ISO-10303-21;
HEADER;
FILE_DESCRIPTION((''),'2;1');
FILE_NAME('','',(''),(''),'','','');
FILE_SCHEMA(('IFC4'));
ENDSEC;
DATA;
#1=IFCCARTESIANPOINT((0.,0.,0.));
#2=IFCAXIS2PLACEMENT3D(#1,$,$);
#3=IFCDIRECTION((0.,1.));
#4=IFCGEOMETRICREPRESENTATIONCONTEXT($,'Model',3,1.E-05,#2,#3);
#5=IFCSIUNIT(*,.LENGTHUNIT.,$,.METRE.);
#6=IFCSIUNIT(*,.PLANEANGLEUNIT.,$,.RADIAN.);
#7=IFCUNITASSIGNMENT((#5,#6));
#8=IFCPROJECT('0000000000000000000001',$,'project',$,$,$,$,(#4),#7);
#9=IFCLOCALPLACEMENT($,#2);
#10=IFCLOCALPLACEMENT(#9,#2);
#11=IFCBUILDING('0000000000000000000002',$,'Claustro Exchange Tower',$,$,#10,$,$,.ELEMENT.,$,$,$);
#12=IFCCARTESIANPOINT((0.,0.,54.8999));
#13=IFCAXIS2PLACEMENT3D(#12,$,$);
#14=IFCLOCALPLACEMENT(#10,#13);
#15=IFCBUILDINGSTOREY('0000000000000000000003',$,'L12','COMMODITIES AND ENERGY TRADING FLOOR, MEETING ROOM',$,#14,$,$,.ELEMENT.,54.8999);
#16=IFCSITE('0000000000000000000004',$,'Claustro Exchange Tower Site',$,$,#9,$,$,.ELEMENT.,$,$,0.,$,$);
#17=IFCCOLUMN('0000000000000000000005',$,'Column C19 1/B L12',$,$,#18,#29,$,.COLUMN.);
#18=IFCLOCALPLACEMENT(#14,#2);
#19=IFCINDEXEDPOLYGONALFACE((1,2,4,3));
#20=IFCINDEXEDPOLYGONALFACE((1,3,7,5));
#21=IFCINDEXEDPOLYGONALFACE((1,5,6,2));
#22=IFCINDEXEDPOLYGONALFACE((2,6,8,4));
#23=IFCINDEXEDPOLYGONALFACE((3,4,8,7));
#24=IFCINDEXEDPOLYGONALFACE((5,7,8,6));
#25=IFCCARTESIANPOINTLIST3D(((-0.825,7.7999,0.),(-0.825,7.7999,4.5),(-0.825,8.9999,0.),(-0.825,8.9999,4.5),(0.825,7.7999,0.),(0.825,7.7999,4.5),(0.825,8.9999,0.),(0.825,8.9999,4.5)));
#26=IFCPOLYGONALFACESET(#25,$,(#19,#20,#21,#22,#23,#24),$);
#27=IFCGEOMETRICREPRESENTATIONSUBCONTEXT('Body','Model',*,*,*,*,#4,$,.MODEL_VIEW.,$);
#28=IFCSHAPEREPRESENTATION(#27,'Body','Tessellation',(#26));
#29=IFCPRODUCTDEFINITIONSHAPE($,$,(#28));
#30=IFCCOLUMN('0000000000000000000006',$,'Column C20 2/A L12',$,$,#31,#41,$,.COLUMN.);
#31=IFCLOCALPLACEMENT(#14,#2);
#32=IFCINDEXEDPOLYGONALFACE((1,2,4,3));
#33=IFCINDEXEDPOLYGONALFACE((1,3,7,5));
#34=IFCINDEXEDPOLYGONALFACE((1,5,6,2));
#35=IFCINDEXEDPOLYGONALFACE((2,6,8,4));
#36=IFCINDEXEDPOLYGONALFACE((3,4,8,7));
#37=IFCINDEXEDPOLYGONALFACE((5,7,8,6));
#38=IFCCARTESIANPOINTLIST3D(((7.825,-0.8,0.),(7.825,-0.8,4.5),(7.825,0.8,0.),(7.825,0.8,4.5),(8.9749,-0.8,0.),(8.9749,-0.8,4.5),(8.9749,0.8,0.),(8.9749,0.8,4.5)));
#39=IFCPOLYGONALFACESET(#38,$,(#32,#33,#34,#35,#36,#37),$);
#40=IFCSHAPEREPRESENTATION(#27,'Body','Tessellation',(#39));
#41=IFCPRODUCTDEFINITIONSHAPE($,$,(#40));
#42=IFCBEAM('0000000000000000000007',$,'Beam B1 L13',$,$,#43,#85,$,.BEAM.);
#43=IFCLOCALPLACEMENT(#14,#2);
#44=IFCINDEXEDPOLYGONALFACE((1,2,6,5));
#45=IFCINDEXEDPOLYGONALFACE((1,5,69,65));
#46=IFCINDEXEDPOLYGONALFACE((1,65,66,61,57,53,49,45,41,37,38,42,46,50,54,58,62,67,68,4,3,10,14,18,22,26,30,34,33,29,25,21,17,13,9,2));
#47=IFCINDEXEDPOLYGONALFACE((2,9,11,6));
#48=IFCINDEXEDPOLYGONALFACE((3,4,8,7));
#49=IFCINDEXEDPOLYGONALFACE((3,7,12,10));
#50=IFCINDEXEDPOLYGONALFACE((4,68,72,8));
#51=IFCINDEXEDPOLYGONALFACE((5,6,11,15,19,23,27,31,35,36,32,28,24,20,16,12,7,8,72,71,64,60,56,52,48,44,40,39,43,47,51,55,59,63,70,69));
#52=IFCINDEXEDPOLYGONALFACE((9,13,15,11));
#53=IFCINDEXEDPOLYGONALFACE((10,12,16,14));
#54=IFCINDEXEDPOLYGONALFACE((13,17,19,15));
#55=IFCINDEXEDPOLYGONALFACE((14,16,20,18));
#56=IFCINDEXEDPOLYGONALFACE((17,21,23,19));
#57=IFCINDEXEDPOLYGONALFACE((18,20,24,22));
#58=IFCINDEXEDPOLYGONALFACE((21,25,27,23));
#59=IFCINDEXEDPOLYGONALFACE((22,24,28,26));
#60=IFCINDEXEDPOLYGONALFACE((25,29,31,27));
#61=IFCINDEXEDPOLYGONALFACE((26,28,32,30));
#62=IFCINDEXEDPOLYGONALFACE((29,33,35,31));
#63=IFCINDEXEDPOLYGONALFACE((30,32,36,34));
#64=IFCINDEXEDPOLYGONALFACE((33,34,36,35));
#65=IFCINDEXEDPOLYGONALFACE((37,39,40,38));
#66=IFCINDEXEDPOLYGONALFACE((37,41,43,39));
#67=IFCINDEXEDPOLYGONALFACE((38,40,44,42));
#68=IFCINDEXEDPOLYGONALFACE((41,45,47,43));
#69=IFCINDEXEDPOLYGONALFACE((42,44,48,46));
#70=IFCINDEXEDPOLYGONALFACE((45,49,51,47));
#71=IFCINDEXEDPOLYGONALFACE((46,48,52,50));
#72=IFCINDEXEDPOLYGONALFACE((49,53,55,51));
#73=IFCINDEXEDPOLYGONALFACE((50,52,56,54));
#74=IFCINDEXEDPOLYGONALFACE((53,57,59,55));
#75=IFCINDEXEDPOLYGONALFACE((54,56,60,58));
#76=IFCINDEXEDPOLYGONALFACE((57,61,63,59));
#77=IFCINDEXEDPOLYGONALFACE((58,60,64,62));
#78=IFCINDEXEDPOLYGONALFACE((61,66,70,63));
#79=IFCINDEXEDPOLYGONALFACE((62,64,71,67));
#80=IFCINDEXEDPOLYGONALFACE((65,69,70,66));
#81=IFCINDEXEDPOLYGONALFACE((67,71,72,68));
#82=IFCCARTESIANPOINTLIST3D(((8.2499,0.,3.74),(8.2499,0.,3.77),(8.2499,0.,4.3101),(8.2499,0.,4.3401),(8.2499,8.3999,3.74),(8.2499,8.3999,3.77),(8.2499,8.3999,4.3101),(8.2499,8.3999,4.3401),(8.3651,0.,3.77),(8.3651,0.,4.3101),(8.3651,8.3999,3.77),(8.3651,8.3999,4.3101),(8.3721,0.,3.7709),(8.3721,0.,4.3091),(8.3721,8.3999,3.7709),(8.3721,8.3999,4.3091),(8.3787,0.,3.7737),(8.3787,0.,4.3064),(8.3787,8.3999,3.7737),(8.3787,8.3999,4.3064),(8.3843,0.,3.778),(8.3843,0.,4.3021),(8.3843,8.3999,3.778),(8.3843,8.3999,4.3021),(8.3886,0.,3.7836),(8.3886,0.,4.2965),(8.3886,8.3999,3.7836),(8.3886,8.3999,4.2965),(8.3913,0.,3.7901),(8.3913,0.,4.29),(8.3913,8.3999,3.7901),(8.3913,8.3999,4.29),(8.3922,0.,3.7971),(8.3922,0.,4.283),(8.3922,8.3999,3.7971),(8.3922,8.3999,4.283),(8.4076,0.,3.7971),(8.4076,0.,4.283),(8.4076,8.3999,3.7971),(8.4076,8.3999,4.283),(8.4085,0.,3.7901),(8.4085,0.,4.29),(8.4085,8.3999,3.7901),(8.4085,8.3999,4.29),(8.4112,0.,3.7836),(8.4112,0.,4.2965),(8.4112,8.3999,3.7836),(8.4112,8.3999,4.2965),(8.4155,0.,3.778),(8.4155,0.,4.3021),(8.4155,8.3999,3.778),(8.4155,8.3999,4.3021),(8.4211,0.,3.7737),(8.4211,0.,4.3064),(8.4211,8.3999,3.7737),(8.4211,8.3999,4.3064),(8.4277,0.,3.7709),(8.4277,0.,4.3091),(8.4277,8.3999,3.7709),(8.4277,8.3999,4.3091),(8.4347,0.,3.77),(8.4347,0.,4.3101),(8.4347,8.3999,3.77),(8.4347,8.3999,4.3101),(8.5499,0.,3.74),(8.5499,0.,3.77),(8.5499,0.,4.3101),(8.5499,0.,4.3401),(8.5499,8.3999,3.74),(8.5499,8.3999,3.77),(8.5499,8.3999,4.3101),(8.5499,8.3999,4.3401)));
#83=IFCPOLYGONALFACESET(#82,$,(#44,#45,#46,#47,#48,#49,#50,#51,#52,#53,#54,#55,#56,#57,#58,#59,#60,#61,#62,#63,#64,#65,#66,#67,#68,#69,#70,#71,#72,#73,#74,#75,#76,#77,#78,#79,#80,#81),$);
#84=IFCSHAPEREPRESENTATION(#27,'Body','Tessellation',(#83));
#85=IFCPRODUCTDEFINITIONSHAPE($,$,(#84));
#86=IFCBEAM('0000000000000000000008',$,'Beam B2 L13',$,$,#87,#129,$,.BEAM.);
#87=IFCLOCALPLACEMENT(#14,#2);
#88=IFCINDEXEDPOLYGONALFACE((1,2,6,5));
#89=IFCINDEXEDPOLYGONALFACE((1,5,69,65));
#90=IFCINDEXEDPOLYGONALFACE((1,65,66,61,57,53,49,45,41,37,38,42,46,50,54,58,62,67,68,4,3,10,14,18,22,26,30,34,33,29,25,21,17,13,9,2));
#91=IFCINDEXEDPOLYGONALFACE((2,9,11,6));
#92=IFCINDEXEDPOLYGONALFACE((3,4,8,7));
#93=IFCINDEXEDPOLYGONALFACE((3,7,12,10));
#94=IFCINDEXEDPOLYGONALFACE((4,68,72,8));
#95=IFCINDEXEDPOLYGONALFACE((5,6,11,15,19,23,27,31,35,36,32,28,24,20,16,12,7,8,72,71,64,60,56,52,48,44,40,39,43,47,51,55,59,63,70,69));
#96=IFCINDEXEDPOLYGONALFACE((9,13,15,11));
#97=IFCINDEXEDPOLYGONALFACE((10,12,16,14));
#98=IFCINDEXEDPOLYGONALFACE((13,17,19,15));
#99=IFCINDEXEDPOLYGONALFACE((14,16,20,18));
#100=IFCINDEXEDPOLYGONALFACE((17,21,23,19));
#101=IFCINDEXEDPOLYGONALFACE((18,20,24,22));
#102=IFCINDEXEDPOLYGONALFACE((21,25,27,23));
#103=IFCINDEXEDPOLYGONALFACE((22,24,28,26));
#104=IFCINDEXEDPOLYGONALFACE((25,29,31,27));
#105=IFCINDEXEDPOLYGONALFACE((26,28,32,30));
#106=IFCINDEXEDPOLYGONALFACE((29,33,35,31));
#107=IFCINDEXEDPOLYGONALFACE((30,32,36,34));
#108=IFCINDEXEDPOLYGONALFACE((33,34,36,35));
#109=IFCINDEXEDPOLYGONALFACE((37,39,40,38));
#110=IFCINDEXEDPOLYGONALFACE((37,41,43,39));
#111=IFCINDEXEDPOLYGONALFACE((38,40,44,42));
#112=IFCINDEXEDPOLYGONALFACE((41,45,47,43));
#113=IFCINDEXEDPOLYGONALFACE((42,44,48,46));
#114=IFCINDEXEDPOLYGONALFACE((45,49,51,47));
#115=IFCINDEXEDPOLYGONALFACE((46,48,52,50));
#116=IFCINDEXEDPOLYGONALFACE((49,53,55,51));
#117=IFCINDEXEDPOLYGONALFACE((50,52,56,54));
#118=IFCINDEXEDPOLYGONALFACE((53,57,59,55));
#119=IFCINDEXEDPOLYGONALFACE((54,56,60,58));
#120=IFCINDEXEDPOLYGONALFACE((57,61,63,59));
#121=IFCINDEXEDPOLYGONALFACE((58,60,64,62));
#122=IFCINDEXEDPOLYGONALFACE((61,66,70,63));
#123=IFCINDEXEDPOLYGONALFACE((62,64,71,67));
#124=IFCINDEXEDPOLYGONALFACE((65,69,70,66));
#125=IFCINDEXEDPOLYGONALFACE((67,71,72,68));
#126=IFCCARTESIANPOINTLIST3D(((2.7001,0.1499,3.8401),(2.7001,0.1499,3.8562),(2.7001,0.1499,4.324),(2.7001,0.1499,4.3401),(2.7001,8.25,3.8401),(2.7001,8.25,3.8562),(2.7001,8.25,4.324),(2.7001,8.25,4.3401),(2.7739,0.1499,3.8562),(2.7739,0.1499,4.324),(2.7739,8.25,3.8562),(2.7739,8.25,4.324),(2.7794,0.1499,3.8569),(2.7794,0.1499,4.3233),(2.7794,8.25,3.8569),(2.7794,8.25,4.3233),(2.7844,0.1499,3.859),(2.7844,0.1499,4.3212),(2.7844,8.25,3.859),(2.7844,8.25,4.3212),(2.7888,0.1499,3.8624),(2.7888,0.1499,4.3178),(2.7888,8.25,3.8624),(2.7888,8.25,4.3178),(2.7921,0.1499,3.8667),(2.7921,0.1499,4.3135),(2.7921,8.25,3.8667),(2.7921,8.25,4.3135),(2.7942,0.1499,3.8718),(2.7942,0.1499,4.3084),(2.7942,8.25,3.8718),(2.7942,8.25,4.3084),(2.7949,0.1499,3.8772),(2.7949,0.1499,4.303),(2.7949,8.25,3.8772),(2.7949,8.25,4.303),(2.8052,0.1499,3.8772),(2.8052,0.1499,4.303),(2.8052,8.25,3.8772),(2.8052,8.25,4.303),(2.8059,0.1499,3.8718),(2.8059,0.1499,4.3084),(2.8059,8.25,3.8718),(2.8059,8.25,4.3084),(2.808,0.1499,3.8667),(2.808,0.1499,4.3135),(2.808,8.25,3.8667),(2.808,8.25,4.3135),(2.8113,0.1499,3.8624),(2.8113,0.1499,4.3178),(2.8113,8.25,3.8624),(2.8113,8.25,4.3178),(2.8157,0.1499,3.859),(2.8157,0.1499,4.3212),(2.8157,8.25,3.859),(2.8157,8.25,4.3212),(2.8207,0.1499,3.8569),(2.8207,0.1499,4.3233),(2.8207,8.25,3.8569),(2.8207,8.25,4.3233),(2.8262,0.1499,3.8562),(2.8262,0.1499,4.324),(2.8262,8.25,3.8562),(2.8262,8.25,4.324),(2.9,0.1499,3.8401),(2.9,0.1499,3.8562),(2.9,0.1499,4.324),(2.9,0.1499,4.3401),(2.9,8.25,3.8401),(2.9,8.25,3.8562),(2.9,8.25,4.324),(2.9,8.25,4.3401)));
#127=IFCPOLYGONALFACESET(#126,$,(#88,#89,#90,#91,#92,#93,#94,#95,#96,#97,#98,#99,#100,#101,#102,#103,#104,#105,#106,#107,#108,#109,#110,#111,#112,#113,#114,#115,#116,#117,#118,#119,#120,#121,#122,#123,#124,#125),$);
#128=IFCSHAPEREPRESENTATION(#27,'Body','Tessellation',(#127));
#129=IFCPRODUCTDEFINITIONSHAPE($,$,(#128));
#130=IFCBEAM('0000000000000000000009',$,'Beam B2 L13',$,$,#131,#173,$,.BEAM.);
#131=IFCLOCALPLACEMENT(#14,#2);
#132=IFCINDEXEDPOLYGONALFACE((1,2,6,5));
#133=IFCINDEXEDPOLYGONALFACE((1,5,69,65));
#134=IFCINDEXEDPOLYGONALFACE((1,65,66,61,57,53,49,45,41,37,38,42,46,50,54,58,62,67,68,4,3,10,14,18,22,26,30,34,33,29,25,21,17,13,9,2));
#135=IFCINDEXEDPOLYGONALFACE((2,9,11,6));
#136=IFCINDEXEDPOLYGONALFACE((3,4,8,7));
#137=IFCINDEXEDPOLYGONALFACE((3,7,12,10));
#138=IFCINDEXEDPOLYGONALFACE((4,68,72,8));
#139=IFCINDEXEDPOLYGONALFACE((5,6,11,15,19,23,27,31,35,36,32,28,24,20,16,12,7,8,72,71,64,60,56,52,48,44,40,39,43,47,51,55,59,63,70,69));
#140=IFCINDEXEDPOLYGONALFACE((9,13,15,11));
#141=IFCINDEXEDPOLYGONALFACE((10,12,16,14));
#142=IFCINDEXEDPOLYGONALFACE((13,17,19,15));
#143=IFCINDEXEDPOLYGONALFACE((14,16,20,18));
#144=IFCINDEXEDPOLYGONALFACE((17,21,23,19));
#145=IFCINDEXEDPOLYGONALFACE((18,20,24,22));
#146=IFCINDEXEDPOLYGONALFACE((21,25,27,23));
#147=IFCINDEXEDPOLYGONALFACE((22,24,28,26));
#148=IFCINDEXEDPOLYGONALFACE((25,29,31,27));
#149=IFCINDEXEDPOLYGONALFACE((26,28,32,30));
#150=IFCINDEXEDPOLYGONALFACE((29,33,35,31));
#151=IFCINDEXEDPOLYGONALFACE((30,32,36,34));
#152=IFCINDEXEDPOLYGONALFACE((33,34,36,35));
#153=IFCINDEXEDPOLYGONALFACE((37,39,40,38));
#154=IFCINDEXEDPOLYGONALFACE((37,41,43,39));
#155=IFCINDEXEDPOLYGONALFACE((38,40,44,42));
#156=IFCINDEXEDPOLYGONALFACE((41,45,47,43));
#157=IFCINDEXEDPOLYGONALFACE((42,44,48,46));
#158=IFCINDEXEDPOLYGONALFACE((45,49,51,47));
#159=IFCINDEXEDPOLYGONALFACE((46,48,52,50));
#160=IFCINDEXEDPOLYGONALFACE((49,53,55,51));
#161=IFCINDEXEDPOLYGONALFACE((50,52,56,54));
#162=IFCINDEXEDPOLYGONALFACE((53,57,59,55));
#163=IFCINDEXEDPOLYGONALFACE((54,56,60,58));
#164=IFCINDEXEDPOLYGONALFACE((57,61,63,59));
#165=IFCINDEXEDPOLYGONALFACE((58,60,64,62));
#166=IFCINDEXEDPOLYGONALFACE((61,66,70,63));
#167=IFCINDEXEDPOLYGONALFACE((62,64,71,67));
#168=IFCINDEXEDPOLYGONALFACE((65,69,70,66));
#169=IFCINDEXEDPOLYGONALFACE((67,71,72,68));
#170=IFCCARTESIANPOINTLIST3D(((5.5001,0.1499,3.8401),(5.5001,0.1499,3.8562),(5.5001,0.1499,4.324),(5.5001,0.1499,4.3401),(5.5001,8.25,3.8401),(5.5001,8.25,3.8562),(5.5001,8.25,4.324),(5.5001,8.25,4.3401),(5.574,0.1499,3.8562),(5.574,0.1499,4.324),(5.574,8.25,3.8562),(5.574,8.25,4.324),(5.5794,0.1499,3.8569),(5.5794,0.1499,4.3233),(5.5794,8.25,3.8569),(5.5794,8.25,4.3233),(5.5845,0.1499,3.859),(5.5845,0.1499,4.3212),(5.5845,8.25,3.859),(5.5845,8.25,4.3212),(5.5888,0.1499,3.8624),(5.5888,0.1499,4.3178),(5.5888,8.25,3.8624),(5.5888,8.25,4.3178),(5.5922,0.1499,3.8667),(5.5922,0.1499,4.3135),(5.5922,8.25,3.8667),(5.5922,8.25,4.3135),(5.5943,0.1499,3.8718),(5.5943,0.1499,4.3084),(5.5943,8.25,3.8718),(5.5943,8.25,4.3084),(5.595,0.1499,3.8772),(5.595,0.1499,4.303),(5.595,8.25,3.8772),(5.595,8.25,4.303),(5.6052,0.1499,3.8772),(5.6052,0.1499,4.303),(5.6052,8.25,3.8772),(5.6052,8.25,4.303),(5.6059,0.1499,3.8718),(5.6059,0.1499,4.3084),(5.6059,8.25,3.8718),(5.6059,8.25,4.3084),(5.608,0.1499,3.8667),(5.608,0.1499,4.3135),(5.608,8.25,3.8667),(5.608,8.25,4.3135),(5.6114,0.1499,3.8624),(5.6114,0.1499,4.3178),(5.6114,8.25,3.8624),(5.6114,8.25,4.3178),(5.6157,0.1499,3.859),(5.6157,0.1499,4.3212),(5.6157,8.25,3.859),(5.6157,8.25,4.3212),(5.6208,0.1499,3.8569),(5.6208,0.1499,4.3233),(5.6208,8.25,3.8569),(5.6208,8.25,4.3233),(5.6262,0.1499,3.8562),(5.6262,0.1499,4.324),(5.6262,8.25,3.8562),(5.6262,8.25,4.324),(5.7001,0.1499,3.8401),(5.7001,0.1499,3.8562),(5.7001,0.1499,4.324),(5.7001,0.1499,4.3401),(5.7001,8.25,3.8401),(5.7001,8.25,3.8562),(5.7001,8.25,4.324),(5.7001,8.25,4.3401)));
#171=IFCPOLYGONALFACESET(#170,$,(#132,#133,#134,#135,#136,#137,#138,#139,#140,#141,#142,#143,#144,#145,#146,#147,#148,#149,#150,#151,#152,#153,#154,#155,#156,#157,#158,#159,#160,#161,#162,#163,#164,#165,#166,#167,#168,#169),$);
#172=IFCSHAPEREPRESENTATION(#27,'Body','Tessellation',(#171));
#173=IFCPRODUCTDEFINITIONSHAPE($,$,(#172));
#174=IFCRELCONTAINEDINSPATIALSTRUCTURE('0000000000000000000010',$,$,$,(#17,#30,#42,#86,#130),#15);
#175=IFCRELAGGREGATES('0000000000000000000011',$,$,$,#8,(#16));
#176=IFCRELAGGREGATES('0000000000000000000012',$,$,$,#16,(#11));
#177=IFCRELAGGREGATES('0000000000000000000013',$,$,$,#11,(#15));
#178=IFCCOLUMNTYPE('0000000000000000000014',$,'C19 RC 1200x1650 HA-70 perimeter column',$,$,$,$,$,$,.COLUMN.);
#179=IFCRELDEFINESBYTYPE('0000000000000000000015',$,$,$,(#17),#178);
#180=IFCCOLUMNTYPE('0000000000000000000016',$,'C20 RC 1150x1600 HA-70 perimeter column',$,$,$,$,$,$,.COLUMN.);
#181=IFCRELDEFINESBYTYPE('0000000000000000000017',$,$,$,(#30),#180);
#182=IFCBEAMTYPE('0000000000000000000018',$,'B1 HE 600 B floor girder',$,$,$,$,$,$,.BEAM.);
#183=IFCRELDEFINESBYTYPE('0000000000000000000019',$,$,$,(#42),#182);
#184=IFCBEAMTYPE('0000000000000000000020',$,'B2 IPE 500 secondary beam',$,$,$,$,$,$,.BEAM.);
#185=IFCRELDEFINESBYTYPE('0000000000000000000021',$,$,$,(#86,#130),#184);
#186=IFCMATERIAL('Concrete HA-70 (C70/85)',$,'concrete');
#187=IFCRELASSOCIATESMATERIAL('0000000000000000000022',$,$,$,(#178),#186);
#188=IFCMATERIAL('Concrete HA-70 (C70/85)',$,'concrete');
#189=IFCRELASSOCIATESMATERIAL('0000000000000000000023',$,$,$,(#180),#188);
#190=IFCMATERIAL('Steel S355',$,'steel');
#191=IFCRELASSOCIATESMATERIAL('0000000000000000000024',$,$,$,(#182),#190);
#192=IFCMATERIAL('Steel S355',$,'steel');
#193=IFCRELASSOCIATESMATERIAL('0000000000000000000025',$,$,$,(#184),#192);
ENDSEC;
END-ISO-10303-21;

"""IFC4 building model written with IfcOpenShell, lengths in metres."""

from ifc_helpers import new_model, si_unit, direction, frame, origin, origin_2d, place, context, subcontext, project, spatial, rectangle, i_section, extrude, material, material_profile, profile_set, type_object, element, save


model = new_model("IFC4")

# Units and contexts
model_context = context("Model", 3, precision=1e-05, world=origin(), true_north=direction((0.0, 1.0)))
body_context = subcontext(model_context, "Body", "Model", "MODEL_VIEW")
ifc_project = project(units=[si_unit("LENGTHUNIT", "METRE"), si_unit("PLANEANGLEUNIT", "RADIAN")], contexts=[model_context])

# Site, building, storey
site_placement = place(None, origin())
site = spatial("IfcSite", under=ifc_project, at=site_placement, Name="Claustro Exchange Tower Site", CompositionType="ELEMENT", RefElevation=0.0)
building_placement = place(site_placement, origin())
building = spatial("IfcBuilding", under=site, at=building_placement, Name="Claustro Exchange Tower", CompositionType="ELEMENT")
storey_placement = place(building_placement, frame((0.0, 0.0, 54.8999)))
storey = spatial("IfcBuildingStorey", under=building, at=storey_placement, Name="L12", Description="COMMODITIES AND ENERGY TRADING FLOOR, MEETING ROOM", CompositionType="ELEMENT", Elevation=54.8999)

# Columns
ifc_material_1 = material(Name="Concrete HA-70 (C70/85)", Category="concrete")
ifc_material_profile_1 = material_profile(ifc_material_1, rectangle(XDim=1.2, YDim=1.6499, at=origin_2d()), Name="RC 1200x1650")
ifc_profile_set_1 = profile_set([ifc_material_profile_1], Name="Concrete HA-70 (C70/85)")
column_type_1 = type_object("IfcColumnType", Name="C19 RC 1200x1650 HA-70 perimeter column", PredefinedType="COLUMN", material=ifc_profile_set_1)
column_1_placement = place(storey_placement, frame((0.0, 8.3999, 0.0), z_axis=(0.0, 0.0, 1.0), x_axis=(0.0, 1.0, 0.0)))
element("IfcColumn", 1, at=column_1_placement, inside=storey, type_object=column_type_1, Name="Column C19 1/B L12", PredefinedType="COLUMN", context=body_context, shape_type="SweptSolid", body=[
    extrude(rectangle(XDim=1.2, YDim=1.6499, at=origin_2d()), origin(), (0.0, 0.0, 1.0), 4.5),
])
ifc_material_2 = material(Name="Concrete HA-70 (C70/85)", Category="concrete")
ifc_material_profile_2 = material_profile(ifc_material_2, rectangle(XDim=1.1499, YDim=1.6001, at=origin_2d()), Name="RC 1150x1600")
ifc_profile_set_2 = profile_set([ifc_material_profile_2], Name="Concrete HA-70 (C70/85)")
column_type_2 = type_object("IfcColumnType", Name="C20 RC 1150x1600 HA-70 perimeter column", PredefinedType="COLUMN", material=ifc_profile_set_2)
column_2_placement = place(storey_placement, frame((8.3999, 0.0, 0.0), z_axis=(0.0, 0.0, 1.0), x_axis=(1.0, 0.0, 0.0)))
element("IfcColumn", 2, at=column_2_placement, inside=storey, type_object=column_type_2, Name="Column C20 2/A L12", PredefinedType="COLUMN", context=body_context, shape_type="SweptSolid", body=[
    extrude(rectangle(XDim=1.1499, YDim=1.6001, at=origin_2d()), origin(), (0.0, 0.0, 1.0), 4.5),
])

# Beams
ifc_material_3 = material(Name="Steel S355", Category="steel")
ifc_material_profile_3 = material_profile(ifc_material_3, i_section(OverallWidth=0.3, OverallDepth=0.6001, WebThickness=0.0154, FlangeThickness=0.03, FilletRadius=0.0271, at=origin_2d()), Name="HE 600 B")
ifc_profile_set_3 = profile_set([ifc_material_profile_3], Name="Steel S355")
beam_type_1 = type_object("IfcBeamType", Name="B1 HE 600 B floor girder", PredefinedType="BEAM", material=ifc_profile_set_3)
beam_1_placement = place(storey_placement, frame((8.3999, 0.0, 4.04), z_axis=(0.0, 1.0, 0.0), x_axis=(-1.0, 0.0, 0.0)))
element("IfcBeam", 3, at=beam_1_placement, inside=storey, type_object=beam_type_1, Name="Beam B1 L13", PredefinedType="BEAM", context=body_context, shape_type="SweptSolid", body=[
    extrude(i_section(OverallWidth=0.3, OverallDepth=0.6001, WebThickness=0.0154, FlangeThickness=0.03, FilletRadius=0.0271, at=origin_2d()), origin(), (0.0, 0.0, 1.0), 8.3999),
])
ifc_material_4 = material(Name="Steel S355", Category="steel")
ifc_material_profile_4 = material_profile(ifc_material_4, i_section(OverallWidth=0.2, OverallDepth=0.5, WebThickness=0.0103, FlangeThickness=0.0161, FilletRadius=0.021, at=origin_2d()), Name="IPE 500")
ifc_profile_set_4 = profile_set([ifc_material_profile_4], Name="Steel S355")
beam_type_2 = type_object("IfcBeamType", Name="B2 IPE 500 secondary beam", PredefinedType="BEAM", material=ifc_profile_set_4)
for number, where, z_axis, x_axis, name in (
    (4, (2.8, 0.1499, 4.0901), (0.0, 1.0, 0.0), (-1.0, 0.0, 0.0), "Beam B2 L13"),
    (5, (5.6001, 0.1499, 4.0901), (0.0, 1.0, 0.0), (-1.0, 0.0, 0.0), "Beam B2 L13"),
):
    element("IfcBeam", number, at=place(storey_placement, frame(where, z_axis=z_axis, x_axis=x_axis)), inside=storey, type_object=beam_type_2, Name=name, PredefinedType="BEAM", context=body_context, shape_type="SweptSolid", body=[
        extrude(i_section(OverallWidth=0.2, OverallDepth=0.5, WebThickness=0.0103, FlangeThickness=0.0161, FilletRadius=0.021, at=origin_2d()), origin(), (0.0, 0.0, 1.0), 8.1001),
    ])

save(model, "model.ifc")
